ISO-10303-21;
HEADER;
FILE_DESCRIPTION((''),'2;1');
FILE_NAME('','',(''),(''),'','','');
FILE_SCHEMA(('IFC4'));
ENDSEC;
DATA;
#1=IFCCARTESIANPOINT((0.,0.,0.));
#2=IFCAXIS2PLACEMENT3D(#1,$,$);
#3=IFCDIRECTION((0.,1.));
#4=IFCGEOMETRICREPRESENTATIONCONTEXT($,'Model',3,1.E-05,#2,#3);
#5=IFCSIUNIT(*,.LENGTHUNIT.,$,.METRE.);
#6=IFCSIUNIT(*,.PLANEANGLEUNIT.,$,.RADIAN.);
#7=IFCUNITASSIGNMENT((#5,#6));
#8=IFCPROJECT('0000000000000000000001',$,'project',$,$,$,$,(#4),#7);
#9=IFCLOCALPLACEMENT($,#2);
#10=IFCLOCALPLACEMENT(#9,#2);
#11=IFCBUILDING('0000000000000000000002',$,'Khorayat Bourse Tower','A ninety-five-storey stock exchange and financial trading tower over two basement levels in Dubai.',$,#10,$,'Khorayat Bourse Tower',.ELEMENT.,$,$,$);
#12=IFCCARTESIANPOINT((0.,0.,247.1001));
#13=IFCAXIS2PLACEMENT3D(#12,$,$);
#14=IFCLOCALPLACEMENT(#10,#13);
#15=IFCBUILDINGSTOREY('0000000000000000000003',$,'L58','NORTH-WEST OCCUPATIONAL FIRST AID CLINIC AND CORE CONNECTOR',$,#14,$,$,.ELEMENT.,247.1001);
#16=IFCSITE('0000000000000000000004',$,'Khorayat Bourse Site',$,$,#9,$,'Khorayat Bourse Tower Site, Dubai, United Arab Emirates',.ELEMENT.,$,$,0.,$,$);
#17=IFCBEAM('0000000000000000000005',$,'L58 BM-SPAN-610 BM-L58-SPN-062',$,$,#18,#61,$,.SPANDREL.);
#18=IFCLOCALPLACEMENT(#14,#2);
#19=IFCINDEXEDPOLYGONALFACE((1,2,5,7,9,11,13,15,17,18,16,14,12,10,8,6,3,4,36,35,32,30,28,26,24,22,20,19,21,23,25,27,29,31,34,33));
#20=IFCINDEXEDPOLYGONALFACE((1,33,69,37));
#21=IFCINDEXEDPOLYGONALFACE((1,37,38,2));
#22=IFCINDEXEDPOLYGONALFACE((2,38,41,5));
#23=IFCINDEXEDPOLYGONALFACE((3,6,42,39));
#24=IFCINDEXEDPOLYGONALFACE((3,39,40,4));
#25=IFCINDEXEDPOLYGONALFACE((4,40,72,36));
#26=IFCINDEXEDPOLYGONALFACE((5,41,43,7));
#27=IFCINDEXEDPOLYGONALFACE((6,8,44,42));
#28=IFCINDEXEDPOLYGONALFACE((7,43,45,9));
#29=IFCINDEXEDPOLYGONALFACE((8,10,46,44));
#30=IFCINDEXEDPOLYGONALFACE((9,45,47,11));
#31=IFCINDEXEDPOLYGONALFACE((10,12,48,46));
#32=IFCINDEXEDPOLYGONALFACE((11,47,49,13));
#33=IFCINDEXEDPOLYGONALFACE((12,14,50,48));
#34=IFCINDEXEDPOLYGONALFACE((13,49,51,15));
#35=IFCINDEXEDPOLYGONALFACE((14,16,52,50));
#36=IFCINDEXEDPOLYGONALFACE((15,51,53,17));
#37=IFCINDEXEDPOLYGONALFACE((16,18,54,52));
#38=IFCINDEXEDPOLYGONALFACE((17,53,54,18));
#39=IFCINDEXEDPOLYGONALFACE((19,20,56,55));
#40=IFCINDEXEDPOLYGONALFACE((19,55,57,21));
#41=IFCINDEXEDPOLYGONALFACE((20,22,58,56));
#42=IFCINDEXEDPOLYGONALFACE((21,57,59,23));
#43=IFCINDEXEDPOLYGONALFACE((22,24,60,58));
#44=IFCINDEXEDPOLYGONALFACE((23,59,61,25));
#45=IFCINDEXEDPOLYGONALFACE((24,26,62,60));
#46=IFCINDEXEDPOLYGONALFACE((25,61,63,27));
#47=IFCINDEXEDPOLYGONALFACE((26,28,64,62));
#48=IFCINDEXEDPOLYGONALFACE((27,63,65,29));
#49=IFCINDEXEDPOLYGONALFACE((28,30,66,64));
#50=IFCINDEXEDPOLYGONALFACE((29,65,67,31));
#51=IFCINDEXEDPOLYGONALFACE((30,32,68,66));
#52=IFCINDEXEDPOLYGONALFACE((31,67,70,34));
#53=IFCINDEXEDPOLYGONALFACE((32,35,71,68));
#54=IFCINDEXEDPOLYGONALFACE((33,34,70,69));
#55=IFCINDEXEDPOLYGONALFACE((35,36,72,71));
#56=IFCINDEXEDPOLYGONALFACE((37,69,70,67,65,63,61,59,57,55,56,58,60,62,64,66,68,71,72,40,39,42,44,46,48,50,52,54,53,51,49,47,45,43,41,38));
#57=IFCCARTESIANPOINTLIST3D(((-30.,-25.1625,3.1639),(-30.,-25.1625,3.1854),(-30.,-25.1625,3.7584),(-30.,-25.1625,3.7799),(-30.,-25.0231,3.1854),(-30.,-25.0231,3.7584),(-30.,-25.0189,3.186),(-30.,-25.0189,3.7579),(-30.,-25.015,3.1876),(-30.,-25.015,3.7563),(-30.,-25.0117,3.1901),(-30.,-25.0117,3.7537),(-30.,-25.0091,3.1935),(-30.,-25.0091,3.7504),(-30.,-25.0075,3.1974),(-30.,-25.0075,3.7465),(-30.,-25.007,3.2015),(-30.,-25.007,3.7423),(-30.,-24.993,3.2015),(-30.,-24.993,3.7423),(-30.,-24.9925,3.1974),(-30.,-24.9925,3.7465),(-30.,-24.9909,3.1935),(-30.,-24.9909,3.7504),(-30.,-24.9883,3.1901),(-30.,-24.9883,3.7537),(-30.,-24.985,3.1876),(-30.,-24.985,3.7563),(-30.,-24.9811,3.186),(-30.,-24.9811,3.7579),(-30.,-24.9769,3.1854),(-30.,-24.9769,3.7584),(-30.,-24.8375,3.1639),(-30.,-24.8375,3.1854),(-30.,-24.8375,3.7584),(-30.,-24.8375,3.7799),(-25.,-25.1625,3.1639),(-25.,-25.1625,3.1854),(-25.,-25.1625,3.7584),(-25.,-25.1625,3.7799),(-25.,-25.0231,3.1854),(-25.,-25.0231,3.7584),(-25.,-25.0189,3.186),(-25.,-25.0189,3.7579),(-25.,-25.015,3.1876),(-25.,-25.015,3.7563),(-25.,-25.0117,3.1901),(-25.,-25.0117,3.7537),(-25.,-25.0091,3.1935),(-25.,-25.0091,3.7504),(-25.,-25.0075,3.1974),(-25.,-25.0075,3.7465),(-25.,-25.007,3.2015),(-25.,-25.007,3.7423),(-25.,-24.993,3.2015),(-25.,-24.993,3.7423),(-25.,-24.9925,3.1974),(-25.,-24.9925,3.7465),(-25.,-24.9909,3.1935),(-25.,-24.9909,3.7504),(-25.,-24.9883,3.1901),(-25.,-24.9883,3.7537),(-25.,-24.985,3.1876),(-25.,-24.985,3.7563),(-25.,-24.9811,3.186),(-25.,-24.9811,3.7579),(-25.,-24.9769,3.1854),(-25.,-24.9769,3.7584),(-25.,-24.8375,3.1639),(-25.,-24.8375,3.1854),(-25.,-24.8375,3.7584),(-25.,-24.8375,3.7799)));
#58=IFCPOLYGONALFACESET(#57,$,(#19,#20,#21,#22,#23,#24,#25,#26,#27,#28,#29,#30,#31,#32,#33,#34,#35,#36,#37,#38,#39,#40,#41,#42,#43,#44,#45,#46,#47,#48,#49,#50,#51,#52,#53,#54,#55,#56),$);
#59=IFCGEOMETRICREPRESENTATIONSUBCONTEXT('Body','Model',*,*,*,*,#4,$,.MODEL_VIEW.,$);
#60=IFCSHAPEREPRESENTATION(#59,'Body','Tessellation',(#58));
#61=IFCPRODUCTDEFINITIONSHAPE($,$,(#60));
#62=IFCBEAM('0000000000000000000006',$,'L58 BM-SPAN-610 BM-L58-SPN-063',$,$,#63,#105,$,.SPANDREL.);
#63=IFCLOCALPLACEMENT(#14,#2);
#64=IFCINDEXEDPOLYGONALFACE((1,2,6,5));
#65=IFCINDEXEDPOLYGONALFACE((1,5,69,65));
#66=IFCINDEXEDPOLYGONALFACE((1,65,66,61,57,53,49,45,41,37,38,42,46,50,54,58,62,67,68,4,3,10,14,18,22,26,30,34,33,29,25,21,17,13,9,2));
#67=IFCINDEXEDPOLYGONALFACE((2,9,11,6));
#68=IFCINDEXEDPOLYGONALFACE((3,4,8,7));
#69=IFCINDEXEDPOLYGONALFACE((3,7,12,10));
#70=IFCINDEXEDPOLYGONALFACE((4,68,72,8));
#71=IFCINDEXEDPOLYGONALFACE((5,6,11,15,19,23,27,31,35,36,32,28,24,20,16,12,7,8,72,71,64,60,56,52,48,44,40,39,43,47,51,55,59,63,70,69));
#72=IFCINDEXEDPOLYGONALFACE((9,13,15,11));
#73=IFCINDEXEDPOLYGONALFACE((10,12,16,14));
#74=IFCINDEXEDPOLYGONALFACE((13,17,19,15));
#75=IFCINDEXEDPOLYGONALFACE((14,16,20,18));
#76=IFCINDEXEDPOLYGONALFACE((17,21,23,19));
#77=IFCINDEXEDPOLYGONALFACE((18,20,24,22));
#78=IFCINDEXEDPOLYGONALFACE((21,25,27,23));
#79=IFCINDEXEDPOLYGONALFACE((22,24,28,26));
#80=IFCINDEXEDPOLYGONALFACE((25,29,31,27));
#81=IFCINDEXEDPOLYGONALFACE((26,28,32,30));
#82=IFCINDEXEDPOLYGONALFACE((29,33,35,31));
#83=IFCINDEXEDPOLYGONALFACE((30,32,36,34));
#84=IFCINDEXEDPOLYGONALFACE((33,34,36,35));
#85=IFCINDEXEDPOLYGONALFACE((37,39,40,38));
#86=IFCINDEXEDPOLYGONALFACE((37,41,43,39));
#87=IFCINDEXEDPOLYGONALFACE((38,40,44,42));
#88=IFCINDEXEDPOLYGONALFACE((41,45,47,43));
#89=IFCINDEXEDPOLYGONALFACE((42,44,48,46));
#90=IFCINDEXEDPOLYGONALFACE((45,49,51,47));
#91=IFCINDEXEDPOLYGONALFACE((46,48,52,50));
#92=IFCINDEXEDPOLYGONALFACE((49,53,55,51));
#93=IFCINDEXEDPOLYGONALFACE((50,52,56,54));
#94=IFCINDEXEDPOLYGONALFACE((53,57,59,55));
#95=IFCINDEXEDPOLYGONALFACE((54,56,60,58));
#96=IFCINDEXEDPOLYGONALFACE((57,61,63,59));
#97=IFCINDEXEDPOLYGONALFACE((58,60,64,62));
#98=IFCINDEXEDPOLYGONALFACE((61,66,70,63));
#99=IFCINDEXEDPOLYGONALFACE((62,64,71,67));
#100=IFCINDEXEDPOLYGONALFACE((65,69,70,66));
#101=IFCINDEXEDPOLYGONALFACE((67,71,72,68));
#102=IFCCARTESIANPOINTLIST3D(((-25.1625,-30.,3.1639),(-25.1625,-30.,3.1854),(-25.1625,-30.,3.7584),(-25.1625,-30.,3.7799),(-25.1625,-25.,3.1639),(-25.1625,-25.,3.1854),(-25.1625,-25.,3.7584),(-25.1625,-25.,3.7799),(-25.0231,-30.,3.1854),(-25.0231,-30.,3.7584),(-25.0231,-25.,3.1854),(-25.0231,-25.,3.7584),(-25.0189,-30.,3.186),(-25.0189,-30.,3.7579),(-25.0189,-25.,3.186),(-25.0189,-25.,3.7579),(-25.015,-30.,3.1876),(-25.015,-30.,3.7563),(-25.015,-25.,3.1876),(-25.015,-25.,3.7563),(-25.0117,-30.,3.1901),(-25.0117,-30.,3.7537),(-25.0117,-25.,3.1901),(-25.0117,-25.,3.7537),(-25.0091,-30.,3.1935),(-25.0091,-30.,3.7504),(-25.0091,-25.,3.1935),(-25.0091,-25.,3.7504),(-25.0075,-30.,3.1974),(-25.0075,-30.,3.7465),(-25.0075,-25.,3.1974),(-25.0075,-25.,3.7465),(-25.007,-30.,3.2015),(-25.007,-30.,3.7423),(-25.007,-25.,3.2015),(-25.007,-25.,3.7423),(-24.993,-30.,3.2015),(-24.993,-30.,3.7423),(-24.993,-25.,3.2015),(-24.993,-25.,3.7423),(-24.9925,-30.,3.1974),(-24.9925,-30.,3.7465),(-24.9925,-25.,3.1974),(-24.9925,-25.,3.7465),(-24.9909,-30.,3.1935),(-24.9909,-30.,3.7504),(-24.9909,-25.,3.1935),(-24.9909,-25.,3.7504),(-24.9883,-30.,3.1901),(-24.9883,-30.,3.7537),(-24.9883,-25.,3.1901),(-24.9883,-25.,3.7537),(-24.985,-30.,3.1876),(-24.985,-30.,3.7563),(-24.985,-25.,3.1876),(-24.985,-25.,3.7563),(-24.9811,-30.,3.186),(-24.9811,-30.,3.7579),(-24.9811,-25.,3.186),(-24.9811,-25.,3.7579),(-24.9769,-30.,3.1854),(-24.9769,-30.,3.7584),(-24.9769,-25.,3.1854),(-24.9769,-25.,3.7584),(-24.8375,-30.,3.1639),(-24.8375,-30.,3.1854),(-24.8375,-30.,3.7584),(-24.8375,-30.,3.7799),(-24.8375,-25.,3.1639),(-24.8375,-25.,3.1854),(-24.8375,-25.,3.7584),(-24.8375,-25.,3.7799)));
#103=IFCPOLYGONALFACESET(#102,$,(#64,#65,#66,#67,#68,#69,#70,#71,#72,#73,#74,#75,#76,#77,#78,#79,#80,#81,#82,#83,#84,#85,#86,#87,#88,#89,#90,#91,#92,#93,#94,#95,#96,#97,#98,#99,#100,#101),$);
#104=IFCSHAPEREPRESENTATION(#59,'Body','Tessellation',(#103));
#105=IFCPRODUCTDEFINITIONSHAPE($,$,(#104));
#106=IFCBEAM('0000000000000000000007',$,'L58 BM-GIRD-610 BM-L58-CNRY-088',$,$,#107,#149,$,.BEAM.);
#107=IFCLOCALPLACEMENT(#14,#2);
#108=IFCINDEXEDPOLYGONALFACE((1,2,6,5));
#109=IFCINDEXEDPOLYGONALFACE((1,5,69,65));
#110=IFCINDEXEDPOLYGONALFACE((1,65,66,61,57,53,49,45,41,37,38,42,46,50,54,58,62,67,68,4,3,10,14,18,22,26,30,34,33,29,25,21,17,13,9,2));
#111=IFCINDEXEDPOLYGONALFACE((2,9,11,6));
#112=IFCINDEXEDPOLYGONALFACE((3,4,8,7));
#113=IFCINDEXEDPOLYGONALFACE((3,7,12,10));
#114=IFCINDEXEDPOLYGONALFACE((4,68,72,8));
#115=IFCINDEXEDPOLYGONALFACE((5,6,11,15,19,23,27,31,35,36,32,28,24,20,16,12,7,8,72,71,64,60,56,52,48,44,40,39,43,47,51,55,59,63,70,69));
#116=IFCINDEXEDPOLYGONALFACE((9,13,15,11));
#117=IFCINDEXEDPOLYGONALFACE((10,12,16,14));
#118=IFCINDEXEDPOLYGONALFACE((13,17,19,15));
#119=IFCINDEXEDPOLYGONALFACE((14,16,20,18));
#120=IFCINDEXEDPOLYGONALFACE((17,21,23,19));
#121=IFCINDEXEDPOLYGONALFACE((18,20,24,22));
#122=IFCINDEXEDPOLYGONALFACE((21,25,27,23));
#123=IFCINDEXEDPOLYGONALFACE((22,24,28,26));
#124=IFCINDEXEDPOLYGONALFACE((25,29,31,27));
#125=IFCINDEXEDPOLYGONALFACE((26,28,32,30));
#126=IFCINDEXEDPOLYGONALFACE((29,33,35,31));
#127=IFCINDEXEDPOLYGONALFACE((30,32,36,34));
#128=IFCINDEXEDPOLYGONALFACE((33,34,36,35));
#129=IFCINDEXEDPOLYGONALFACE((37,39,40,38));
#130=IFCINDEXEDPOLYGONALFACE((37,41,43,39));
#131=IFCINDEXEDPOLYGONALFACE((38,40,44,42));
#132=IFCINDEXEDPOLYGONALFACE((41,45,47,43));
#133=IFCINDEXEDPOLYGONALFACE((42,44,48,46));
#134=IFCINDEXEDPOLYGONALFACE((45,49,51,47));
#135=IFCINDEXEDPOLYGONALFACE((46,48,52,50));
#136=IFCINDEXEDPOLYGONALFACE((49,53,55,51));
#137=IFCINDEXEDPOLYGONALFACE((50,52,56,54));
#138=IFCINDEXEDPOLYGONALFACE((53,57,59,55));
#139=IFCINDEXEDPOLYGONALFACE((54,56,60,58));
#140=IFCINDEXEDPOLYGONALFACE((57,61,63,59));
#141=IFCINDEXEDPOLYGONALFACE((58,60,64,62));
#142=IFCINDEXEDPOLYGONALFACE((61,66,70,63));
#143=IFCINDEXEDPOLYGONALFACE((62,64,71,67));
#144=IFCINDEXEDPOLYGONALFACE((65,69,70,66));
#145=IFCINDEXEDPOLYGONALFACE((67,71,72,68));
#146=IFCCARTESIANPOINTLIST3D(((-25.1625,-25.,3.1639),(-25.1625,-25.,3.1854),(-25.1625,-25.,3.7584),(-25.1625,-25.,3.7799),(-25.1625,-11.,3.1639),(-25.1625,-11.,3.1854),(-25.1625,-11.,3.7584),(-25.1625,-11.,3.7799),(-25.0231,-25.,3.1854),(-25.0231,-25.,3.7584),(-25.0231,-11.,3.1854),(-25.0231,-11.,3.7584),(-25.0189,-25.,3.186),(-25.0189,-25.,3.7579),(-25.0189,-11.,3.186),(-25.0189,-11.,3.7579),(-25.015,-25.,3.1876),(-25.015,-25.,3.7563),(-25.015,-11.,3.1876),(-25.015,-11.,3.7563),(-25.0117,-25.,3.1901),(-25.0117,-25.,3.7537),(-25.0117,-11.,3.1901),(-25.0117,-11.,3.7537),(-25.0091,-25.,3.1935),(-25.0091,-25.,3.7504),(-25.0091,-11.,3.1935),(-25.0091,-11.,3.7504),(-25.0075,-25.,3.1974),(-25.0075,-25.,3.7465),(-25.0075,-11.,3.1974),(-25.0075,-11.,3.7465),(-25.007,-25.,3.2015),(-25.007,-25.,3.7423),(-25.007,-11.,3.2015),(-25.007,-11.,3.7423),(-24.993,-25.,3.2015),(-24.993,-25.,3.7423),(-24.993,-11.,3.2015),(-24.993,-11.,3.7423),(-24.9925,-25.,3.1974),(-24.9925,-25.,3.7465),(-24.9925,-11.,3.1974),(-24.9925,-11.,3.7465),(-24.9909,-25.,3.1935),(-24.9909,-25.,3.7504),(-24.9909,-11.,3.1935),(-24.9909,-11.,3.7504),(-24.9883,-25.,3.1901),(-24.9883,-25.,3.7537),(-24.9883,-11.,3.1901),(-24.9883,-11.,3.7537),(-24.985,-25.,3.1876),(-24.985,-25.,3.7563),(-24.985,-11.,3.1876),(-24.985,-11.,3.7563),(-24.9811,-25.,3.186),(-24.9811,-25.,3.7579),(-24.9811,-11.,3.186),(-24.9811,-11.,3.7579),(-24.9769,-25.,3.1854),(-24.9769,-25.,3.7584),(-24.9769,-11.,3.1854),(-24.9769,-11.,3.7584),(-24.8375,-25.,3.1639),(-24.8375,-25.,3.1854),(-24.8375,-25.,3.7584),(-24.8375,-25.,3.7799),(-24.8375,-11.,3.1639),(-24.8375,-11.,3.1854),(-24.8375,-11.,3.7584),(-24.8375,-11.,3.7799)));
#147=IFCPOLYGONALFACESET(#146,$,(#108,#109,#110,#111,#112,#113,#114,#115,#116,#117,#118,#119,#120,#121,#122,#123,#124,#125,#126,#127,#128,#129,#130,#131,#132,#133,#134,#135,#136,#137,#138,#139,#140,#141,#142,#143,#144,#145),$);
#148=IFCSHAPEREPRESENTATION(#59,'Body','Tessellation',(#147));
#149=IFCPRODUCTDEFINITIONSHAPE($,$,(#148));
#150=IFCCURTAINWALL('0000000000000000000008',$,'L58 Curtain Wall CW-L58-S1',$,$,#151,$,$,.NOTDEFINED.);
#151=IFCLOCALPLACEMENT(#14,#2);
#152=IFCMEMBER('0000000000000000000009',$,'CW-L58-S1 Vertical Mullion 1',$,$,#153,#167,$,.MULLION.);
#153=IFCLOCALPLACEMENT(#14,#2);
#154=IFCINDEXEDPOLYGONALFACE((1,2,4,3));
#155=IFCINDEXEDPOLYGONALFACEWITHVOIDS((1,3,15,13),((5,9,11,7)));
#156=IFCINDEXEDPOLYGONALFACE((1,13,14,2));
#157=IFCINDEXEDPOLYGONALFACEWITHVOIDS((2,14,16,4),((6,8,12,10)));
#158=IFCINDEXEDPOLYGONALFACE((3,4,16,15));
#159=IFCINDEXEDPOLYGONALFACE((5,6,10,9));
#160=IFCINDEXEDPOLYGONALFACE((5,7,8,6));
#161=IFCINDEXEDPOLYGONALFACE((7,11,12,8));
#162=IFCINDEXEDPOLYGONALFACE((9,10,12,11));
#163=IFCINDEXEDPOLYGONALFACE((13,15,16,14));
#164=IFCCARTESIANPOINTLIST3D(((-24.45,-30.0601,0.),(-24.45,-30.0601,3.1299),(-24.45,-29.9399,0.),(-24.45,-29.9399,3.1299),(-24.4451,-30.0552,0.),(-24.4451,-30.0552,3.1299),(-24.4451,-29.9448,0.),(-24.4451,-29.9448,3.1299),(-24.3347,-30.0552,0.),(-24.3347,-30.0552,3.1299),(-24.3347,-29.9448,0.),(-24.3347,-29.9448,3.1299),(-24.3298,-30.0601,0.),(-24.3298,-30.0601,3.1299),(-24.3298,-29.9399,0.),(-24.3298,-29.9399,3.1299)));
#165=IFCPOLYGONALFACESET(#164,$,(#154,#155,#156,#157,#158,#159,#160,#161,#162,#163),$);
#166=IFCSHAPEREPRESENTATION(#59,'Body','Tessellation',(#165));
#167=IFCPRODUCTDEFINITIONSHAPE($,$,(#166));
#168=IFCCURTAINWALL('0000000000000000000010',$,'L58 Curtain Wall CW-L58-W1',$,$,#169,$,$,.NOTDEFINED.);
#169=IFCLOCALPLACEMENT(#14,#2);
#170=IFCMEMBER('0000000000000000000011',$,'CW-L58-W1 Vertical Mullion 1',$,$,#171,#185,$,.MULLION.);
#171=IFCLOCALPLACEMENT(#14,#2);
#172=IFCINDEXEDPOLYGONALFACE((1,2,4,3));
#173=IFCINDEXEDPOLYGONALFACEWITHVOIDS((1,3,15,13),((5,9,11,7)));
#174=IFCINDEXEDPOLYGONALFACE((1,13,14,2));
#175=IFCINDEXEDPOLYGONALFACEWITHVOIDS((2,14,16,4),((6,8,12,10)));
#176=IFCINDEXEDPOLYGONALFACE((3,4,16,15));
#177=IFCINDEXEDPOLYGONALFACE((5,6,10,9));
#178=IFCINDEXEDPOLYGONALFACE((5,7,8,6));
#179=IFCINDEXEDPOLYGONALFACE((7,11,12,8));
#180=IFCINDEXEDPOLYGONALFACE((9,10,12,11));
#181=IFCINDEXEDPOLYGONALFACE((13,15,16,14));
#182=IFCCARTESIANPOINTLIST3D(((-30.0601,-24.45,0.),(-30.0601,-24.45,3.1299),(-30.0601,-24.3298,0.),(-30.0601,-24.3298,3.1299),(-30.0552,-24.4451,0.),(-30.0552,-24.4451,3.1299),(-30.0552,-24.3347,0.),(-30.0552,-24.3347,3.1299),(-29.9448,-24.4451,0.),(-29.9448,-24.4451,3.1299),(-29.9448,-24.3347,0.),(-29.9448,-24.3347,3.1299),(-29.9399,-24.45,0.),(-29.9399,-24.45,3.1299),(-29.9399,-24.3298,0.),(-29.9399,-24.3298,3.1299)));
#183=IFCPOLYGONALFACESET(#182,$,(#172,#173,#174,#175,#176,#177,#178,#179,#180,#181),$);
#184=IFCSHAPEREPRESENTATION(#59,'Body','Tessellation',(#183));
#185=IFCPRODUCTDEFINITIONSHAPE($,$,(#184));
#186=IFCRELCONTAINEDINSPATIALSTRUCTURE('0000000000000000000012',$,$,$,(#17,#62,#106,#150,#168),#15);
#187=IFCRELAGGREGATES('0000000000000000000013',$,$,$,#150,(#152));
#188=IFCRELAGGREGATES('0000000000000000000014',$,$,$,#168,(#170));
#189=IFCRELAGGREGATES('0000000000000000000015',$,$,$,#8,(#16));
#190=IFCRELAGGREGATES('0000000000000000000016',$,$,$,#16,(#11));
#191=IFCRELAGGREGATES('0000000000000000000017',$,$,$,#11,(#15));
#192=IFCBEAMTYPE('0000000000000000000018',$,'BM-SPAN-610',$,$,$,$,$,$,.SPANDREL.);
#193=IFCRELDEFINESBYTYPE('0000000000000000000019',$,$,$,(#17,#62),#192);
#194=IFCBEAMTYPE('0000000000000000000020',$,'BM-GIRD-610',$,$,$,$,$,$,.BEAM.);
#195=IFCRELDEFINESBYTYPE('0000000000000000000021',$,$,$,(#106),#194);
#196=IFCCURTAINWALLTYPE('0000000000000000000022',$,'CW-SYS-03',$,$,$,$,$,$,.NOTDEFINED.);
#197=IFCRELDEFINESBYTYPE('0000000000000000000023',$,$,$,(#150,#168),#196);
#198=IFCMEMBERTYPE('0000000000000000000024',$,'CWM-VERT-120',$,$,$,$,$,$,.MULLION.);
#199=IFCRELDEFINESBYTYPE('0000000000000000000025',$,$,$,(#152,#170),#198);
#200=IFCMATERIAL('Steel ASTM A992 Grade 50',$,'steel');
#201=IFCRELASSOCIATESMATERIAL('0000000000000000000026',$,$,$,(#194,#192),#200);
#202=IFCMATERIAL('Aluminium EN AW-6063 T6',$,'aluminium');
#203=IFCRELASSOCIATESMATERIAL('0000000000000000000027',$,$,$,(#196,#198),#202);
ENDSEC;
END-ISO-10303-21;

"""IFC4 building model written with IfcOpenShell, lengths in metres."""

from ifc_helpers import new_model, si_unit, direction, frame, origin, origin_2d, place, context, subcontext, project, spatial, hollow_rectangle, i_section, extrude, source, transform, mapped, material, material_profile, profile_set, type_object, element, aggregate, save


model = new_model("IFC4")

# Units and contexts
model_context = context("Model", 3, precision=1e-05, world=origin(), true_north=direction((0.0, 1.0)))
body_context = subcontext(model_context, "Body", "Model", "MODEL_VIEW")
ifc_project = project(units=[si_unit("LENGTHUNIT", "METRE"), si_unit("PLANEANGLEUNIT", "RADIAN")], contexts=[model_context])

# Site, building, storey
site_placement = place(None, origin())
site = spatial("IfcSite", under=ifc_project, at=site_placement, Name="Khorayat Bourse Site", LongName="Khorayat Bourse Tower Site, Dubai, United Arab Emirates", CompositionType="ELEMENT", RefElevation=0.0)
building_placement = place(site_placement, origin())
building = spatial("IfcBuilding", under=site, at=building_placement, Name="Khorayat Bourse Tower", Description="A ninety-five-storey stock exchange and financial trading tower over two basement levels in Dubai.", LongName="Khorayat Bourse Tower", CompositionType="ELEMENT")
storey_placement = place(building_placement, frame((0.0, 0.0, 247.1001)))
storey = spatial("IfcBuildingStorey", under=building, at=storey_placement, Name="L58", Description="NORTH-WEST OCCUPATIONAL FIRST AID CLINIC AND CORE CONNECTOR", CompositionType="ELEMENT", Elevation=247.1001)

# Beams
ifc_material_1 = material(Name="Steel ASTM A992 Grade 50", Category="steel")
ifc_material_profile_1 = material_profile(ifc_material_1, i_section(OverallWidth=0.325, OverallDepth=0.616, WebThickness=0.0139, FlangeThickness=0.0215, FilletRadius=0.0161, at=origin_2d()), Name="W610X174")
ifc_profile_set_1 = profile_set([ifc_material_profile_1], Name="Steel ASTM A992 Grade 50")
beam_type_1 = type_object("IfcBeamType", Name="BM-GIRD-610", PredefinedType="BEAM", material=ifc_profile_set_1)
ifc_material_profile_2 = material_profile(ifc_material_1, i_section(OverallWidth=0.325, OverallDepth=0.616, WebThickness=0.0139, FlangeThickness=0.0215, FilletRadius=0.0161, at=origin_2d()), Name="W610X174")
ifc_profile_set_2 = profile_set([ifc_material_profile_2], Name="Steel ASTM A992 Grade 50")
beam_type_2 = type_object("IfcBeamType", Name="BM-SPAN-610", PredefinedType="SPANDREL", material=ifc_profile_set_2)
shared_shape_1 = source(origin(), body_context, "Body", "SweptSolid", [
    extrude(i_section(OverallWidth=0.325, OverallDepth=0.616, WebThickness=0.0139, FlangeThickness=0.0215, FilletRadius=0.0161, at=origin_2d()), origin(), (0.0, 0.0, 1.0), 5.0),
])
for number, where, z_axis, x_axis, name in (
    (1, (-30.0, -25.0, 3.4719), (1.0, 0.0, 0.0), (0.0, 1.0, 0.0), "L58 BM-SPAN-610 BM-L58-SPN-062"),
    (2, (-25.0, -30.0, 3.4719), (0.0, 1.0, 0.0), (-1.0, 0.0, 0.0), "L58 BM-SPAN-610 BM-L58-SPN-063"),
):
    element("IfcBeam", number, at=place(storey_placement, frame(where, z_axis=z_axis, x_axis=x_axis)), inside=storey, type_object=beam_type_2, Name=name, PredefinedType="SPANDREL", context=body_context, shape_type="MappedRepresentation", body=[
        mapped(shared_shape_1, transform((0.0, 0.0, 0.0), scale=1.0)),
    ])
shared_shape_2 = source(origin(), body_context, "Body", "SweptSolid", [
    extrude(i_section(OverallWidth=0.325, OverallDepth=0.616, WebThickness=0.0139, FlangeThickness=0.0215, FilletRadius=0.0161, at=origin_2d()), origin(), (0.0, 0.0, 1.0), 14.0),
])
beam_1_placement = place(storey_placement, frame((-25.0, -25.0, 3.4719), z_axis=(0.0, 1.0, 0.0), x_axis=(-1.0, 0.0, 0.0)))
element("IfcBeam", 3, at=beam_1_placement, inside=storey, type_object=beam_type_1, Name="L58 BM-GIRD-610 BM-L58-CNRY-088", PredefinedType="BEAM", context=body_context, shape_type="MappedRepresentation", body=[
    mapped(shared_shape_2, transform((0.0, 0.0, 0.0), scale=1.0)),
])

# Curtain walls, members
ifc_material_2 = material(Name="Aluminium EN AW-6063 T6", Category="aluminium")
curtain_wall_type = type_object("IfcCurtainWallType", Name="CW-SYS-03", PredefinedType="NOTDEFINED", material=ifc_material_2)
curtain_wall_1_placement = place(storey_placement, origin())
curtain_wall_1 = element("IfcCurtainWall", 4, at=curtain_wall_1_placement, inside=storey, type_object=curtain_wall_type, Name="L58 Curtain Wall CW-L58-S1", PredefinedType="NOTDEFINED")
ifc_material_profile_3 = material_profile(ifc_material_2, hollow_rectangle(XDim=0.1201, YDim=0.1201, WallThickness=0.0049, at=origin_2d()), Name="ALU 120x120x5")
ifc_profile_set_3 = profile_set([ifc_material_profile_3], Name="Aluminium EN AW-6063 T6")
member_type_1 = type_object("IfcMemberType", Name="CWM-VERT-120", PredefinedType="MULLION", material=ifc_profile_set_3)
shared_shape_3 = source(origin(), body_context, "Body", "SweptSolid", [
    extrude(hollow_rectangle(XDim=0.1201, YDim=0.1201, WallThickness=0.0049, at=origin_2d()), origin(), (0.0, 0.0, 1.0), 3.1299),
])
member_1_placement = place(storey_placement, frame((-24.3899, -30.0, 0.0), z_axis=(0.0, 0.0, 1.0), x_axis=(0.0, 1.0, 0.0)))
member_1 = element("IfcMember", 5, at=member_1_placement, type_object=member_type_1, Name="CW-L58-S1 Vertical Mullion 1", PredefinedType="MULLION", context=body_context, shape_type="MappedRepresentation", body=[
    mapped(shared_shape_3, transform((0.0, 0.0, 0.0), scale=1.0)),
])
curtain_wall_2_placement = place(storey_placement, origin())
curtain_wall_2 = element("IfcCurtainWall", 6, at=curtain_wall_2_placement, inside=storey, type_object=curtain_wall_type, Name="L58 Curtain Wall CW-L58-W1", PredefinedType="NOTDEFINED")
member_2_placement = place(storey_placement, frame((-30.0, -24.3899, 0.0), z_axis=(0.0, 0.0, 1.0), x_axis=(-1.0, 0.0, 0.0)))
member_2 = element("IfcMember", 7, at=member_2_placement, type_object=member_type_1, Name="CW-L58-W1 Vertical Mullion 1", PredefinedType="MULLION", context=body_context, shape_type="MappedRepresentation", body=[
    mapped(shared_shape_3, transform((0.0, 0.0, 0.0), scale=1.0)),
])

aggregate(curtain_wall_1, [member_1])
aggregate(curtain_wall_2, [member_2])

save(model, "model.ifc")
